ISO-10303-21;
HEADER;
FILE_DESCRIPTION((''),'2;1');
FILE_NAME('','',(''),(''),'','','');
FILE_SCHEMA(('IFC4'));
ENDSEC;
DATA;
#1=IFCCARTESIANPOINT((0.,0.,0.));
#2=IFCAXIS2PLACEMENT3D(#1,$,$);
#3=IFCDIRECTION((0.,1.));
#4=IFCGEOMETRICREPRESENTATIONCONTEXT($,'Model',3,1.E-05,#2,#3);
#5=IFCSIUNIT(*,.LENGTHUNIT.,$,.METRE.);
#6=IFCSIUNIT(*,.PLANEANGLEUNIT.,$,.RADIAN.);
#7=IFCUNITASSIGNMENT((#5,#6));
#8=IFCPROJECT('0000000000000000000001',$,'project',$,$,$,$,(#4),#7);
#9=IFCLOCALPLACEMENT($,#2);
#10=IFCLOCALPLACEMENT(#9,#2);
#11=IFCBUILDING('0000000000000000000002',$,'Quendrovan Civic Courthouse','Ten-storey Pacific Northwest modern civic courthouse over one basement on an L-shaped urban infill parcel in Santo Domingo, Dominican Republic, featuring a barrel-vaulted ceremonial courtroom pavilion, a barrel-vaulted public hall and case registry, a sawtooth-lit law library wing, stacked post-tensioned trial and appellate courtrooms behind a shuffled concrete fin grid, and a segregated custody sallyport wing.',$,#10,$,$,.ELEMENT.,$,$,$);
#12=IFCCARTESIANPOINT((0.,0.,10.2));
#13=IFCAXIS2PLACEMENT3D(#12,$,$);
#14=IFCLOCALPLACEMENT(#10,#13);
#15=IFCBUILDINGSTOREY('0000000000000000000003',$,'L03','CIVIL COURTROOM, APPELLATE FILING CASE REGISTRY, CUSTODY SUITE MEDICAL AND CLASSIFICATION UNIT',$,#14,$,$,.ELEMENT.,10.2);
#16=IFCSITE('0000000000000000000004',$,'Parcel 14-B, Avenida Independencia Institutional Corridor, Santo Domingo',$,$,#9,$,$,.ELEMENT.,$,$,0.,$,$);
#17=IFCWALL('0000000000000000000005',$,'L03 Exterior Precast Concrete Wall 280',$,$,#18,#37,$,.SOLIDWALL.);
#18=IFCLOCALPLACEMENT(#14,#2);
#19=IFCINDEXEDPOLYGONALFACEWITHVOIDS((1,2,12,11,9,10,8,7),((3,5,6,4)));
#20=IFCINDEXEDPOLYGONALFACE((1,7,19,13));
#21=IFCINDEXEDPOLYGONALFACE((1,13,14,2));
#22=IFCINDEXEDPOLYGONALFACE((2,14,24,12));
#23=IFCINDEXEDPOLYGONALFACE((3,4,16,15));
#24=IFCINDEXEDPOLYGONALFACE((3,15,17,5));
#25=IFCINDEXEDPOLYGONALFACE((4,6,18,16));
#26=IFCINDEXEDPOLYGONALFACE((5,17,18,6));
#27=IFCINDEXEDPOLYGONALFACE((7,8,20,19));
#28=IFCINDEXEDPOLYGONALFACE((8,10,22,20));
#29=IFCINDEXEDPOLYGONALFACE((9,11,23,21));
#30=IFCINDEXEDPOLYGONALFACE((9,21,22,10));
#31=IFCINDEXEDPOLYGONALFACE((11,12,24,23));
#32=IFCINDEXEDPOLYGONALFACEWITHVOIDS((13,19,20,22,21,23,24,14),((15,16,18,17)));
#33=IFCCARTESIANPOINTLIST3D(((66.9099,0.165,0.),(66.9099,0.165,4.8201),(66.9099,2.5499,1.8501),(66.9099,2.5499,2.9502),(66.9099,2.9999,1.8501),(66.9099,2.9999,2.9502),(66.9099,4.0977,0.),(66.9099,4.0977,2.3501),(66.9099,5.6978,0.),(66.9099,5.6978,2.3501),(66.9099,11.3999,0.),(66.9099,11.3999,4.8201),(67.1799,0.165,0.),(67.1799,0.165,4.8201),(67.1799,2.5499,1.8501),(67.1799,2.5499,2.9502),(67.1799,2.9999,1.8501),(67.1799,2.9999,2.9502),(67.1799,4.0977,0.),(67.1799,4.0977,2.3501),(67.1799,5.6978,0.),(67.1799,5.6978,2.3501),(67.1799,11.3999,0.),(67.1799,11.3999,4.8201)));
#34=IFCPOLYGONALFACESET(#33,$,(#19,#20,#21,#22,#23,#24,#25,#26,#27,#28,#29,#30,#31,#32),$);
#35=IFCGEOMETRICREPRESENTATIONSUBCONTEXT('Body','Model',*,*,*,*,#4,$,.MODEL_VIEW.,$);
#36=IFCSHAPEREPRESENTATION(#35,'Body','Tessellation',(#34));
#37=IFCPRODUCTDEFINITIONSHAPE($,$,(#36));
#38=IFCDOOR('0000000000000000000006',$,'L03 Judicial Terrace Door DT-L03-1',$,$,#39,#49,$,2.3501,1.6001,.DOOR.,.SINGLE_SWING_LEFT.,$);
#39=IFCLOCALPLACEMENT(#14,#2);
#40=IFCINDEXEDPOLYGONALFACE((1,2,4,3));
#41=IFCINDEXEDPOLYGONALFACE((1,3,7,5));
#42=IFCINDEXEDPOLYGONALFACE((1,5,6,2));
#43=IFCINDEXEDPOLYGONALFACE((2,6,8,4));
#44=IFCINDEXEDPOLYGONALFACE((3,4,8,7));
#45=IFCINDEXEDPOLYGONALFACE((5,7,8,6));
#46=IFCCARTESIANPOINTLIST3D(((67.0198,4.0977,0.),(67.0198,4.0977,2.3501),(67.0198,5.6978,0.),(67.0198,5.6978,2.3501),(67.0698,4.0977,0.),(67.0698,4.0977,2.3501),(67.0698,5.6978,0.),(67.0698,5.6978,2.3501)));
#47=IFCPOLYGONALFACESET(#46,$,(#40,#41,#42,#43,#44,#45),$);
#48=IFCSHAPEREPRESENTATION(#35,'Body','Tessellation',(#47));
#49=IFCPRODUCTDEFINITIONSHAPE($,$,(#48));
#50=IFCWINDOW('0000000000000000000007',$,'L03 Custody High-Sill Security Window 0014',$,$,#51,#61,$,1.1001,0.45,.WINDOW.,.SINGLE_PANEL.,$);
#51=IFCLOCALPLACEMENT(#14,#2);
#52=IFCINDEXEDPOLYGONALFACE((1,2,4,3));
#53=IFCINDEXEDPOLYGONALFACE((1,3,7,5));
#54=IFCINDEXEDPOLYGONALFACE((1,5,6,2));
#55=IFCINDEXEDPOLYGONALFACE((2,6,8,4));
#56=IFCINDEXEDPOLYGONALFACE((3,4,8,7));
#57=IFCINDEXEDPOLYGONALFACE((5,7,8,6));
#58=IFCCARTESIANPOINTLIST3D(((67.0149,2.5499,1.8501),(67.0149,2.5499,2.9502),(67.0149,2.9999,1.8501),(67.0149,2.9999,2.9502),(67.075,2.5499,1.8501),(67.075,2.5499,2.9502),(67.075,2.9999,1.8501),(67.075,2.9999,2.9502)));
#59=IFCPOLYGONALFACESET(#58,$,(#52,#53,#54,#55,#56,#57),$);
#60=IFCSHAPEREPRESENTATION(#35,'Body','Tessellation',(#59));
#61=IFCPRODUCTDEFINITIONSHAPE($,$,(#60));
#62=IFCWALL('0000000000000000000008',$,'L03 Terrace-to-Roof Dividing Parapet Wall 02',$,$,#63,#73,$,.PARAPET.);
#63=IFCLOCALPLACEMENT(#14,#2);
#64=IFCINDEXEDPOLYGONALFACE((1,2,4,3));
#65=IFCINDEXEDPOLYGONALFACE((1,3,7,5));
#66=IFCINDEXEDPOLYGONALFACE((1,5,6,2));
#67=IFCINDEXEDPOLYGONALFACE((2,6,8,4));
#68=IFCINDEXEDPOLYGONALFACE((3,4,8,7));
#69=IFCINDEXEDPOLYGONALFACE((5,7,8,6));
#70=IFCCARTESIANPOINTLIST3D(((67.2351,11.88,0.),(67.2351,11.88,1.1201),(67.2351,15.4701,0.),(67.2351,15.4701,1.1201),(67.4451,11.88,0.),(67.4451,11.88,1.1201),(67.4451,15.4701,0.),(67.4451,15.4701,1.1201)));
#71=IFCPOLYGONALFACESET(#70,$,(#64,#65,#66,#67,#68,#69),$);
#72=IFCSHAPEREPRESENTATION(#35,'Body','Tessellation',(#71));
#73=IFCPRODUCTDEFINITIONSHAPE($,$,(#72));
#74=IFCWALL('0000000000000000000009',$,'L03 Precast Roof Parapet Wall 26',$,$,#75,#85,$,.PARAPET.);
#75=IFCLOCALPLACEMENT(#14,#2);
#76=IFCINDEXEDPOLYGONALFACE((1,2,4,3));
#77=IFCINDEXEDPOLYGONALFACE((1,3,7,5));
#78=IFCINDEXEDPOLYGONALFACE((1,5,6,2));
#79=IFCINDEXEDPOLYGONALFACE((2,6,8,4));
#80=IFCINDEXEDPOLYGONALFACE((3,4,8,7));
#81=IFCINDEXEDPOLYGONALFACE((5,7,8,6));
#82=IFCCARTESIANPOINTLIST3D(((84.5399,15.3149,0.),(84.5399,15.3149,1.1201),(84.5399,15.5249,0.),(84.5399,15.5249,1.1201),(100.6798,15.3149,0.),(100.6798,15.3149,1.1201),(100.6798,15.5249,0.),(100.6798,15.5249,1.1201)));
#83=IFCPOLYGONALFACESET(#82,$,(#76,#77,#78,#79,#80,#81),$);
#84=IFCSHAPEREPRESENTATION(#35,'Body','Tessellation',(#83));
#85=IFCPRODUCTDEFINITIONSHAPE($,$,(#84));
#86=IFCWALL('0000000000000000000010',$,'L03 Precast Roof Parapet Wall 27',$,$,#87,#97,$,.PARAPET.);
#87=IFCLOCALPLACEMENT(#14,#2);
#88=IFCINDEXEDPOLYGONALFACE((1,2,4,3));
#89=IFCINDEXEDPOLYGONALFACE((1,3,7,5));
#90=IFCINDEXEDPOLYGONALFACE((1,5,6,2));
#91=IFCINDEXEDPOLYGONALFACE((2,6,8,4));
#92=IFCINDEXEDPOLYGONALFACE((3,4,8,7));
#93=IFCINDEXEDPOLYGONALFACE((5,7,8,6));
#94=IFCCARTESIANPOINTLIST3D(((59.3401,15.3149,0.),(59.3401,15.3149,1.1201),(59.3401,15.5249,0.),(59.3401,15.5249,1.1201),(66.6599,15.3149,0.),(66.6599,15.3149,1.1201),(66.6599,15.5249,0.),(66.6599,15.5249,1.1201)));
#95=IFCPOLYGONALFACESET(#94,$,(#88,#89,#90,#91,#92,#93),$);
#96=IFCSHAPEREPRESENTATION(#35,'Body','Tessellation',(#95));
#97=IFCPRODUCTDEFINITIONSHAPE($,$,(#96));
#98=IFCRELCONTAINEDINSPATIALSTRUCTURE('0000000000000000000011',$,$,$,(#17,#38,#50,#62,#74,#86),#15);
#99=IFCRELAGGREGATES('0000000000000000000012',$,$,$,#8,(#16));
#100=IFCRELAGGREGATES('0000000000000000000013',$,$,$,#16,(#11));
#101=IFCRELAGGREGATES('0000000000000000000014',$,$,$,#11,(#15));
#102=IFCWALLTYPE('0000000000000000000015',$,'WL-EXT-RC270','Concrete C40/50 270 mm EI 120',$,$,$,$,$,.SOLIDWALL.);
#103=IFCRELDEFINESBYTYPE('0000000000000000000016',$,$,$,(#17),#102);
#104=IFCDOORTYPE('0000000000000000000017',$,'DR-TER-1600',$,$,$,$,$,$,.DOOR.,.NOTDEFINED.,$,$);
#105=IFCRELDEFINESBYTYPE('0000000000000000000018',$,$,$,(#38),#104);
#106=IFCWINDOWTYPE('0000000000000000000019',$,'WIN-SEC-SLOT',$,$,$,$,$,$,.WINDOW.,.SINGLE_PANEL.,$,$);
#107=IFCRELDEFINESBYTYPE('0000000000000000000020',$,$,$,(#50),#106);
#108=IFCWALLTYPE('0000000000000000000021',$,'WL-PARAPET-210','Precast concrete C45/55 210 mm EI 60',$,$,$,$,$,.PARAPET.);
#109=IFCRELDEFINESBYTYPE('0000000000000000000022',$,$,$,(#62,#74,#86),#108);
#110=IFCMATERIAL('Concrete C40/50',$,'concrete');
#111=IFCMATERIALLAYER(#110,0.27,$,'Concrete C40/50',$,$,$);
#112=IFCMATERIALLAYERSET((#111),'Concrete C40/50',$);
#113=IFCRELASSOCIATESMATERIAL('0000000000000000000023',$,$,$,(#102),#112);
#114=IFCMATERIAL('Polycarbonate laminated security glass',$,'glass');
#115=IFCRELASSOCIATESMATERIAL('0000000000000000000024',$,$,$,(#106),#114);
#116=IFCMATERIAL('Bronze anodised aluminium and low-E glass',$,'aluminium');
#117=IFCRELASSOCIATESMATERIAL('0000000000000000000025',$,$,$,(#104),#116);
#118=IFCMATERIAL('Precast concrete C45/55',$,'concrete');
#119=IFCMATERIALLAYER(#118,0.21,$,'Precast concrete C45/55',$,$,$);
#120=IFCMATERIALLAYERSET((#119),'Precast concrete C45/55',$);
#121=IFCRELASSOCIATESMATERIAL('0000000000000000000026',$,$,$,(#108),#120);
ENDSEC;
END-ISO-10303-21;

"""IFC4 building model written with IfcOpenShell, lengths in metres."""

from ifc_helpers import new_model, si_unit, direction, frame, frame_2d, origin, place, context, subcontext, project, spatial, rectangle, extrude, material, layer, layer_set, type_object, element, fill, save


model = new_model("IFC4")

# Units and contexts
model_context = context("Model", 3, precision=1e-05, world=origin(), true_north=direction((0.0, 1.0)))
body_context = subcontext(model_context, "Body", "Model", "MODEL_VIEW")
ifc_project = project(units=[si_unit("LENGTHUNIT", "METRE"), si_unit("PLANEANGLEUNIT", "RADIAN")], contexts=[model_context])

# Site, building, storey
site_placement = place(None, origin())
site = spatial("IfcSite", under=ifc_project, at=site_placement, Name="Parcel 14-B, Avenida Independencia Institutional Corridor, Santo Domingo", CompositionType="ELEMENT", RefElevation=0.0)
building_placement = place(site_placement, origin())
building = spatial("IfcBuilding", under=site, at=building_placement, Name="Quendrovan Civic Courthouse", Description="Ten-storey Pacific Northwest modern civic courthouse over one basement on an L-shaped urban infill parcel in Santo Domingo, Dominican Republic, featuring a barrel-vaulted ceremonial courtroom pavilion, a barrel-vaulted public hall and case registry, a sawtooth-lit law library wing, stacked post-tensioned trial and appellate courtrooms behind a shuffled concrete fin grid, and a segregated custody sallyport wing.", CompositionType="ELEMENT")
storey_placement = place(building_placement, frame((0.0, 0.0, 10.2)))
storey = spatial("IfcBuildingStorey", under=building, at=storey_placement, Name="L03", Description="CIVIL COURTROOM, APPELLATE FILING CASE REGISTRY, CUSTODY SUITE MEDICAL AND CLASSIFICATION UNIT", CompositionType="ELEMENT", Elevation=10.2)

# Shared definitions
ifc_material_1 = material(Name="Concrete C40/50", Category="concrete")

# Shared definitions
ifc_material_2 = material(Name="Precast concrete C45/55", Category="concrete")

# Shared definitions
ifc_layer_1 = layer(ifc_material_1, 0.27, Name="Concrete C40/50")
ifc_layer_set_1 = layer_set([ifc_layer_1], Name="Concrete C40/50")
wall_type_1 = type_object("IfcWallType", Name="WL-EXT-RC270", Description="Concrete C40/50 270 mm EI 120", PredefinedType="SOLIDWALL", material=ifc_layer_set_1)
ifc_material_3 = material(Name="Polycarbonate laminated security glass", Category="glass")
window_type = type_object("IfcWindowType", Name="WIN-SEC-SLOT", PartitioningType="SINGLE_PANEL", PredefinedType="WINDOW", material=ifc_material_3)

# Wall, openings, door, window
wall_1_placement = place(storey_placement, frame((67.0449, 11.3999, 0.0), z_axis=(0.0, 0.0, 1.0), x_axis=(0.0, -1.0, 0.0)))
wall_1 = element("IfcWall", 1, at=wall_1_placement, inside=storey, type_object=wall_type_1, Name="L03 Exterior Precast Concrete Wall 280", PredefinedType="SOLIDWALL", context=body_context, shape_type="SweptSolid", body=[
    extrude(rectangle(XDim=11.2349, YDim=0.27, at=frame_2d((5.6174, 0.0))), origin(), (0.0, 0.0, 1.0), 4.8201),
])
opening_1_placement = place(wall_1_placement, frame((5.7021, 0.0, 0.0)))
opening_1 = element("IfcOpeningElement", 2, at=opening_1_placement, cuts=wall_1, PredefinedType="OPENING", context=body_context, shape_type="SweptSolid", body=[
    extrude(rectangle(XDim=1.6001, YDim=2.3501, at=frame_2d((0.8, 1.175))), frame((0.0, 0.145, 0.0), z_axis=(0.0, -1.0, 0.0), x_axis=(1.0, 0.0, 0.0)), (0.0, 0.0, 1.0), 0.29),
])
opening_2_placement = place(wall_1_placement, frame((8.3999, 0.0, 1.8501)))
opening_2 = element("IfcOpeningElement", 3, at=opening_2_placement, cuts=wall_1, PredefinedType="OPENING", context=body_context, shape_type="SweptSolid", body=[
    extrude(rectangle(XDim=0.45, YDim=1.1001, at=frame_2d((0.2251, 0.55))), frame((0.0, 0.145, 0.0), z_axis=(0.0, -1.0, 0.0), x_axis=(1.0, 0.0, 0.0)), (0.0, 0.0, 1.0), 0.29),
])
ifc_material_4 = material(Name="Bronze anodised aluminium and low-E glass", Category="aluminium")
door_type_1 = type_object("IfcDoorType", Name="DR-TER-1600", OperationType="NOTDEFINED", PredefinedType="DOOR", material=ifc_material_4)
door_1_placement = place(opening_1_placement, origin())
door_1 = element("IfcDoor", 4, at=door_1_placement, inside=storey, type_object=door_type_1, Name="L03 Judicial Terrace Door DT-L03-1", OperationType="SINGLE_SWING_LEFT", OverallHeight=2.3501, OverallWidth=1.6001, PredefinedType="DOOR", context=body_context, shape_type="SweptSolid", body=[
    extrude(rectangle(XDim=1.6001, YDim=2.3501, at=frame_2d((0.8, 1.175))), frame((0.0, 0.0249, 0.0), z_axis=(0.0, -1.0, 0.0), x_axis=(1.0, 0.0, 0.0)), (0.0, 0.0, 1.0), 0.05),
])
fill(opening_1, door_1)
window_1_placement = place(opening_2_placement, origin())
window_1 = element("IfcWindow", 5, at=window_1_placement, inside=storey, type_object=window_type, Name="L03 Custody High-Sill Security Window 0014", OverallHeight=1.1001, OverallWidth=0.45, PartitioningType="SINGLE_PANEL", PredefinedType="WINDOW", context=body_context, shape_type="SweptSolid", body=[
    extrude(rectangle(XDim=0.45, YDim=1.1001, at=frame_2d((0.2251, 0.55))), frame((0.0, 0.03, 0.0), z_axis=(0.0, -1.0, 0.0), x_axis=(1.0, 0.0, 0.0)), (0.0, 0.0, 1.0), 0.0601),
])
fill(opening_2, window_1)

# Walls
ifc_layer_2 = layer(ifc_material_2, 0.21, Name="Precast concrete C45/55")
ifc_layer_set_2 = layer_set([ifc_layer_2], Name="Precast concrete C45/55")
wall_type_2 = type_object("IfcWallType", Name="WL-PARAPET-210", Description="Precast concrete C45/55 210 mm EI 60", PredefinedType="PARAPET", material=ifc_layer_set_2)
wall_2_placement = place(storey_placement, frame((67.3401, 15.47, 0.0), z_axis=(0.0, 0.0, 1.0), x_axis=(0.0, -1.0, 0.0)))
element("IfcWall", 6, at=wall_2_placement, inside=storey, type_object=wall_type_2, Name="L03 Terrace-to-Roof Dividing Parapet Wall 02", PredefinedType="PARAPET", context=body_context, shape_type="SweptSolid", body=[
    extrude(rectangle(XDim=3.5901, YDim=0.21, at=frame_2d((1.7949, 0.0))), origin(), (0.0, 0.0, 1.0), 1.1201),
])
wall_3_placement = place(storey_placement, frame((84.54, 15.4199, 0.0), z_axis=(0.0, 0.0, 1.0), x_axis=(1.0, 0.0, 0.0)))
element("IfcWall", 7, at=wall_3_placement, inside=storey, type_object=wall_type_2, Name="L03 Precast Roof Parapet Wall 26", PredefinedType="PARAPET", context=body_context, shape_type="SweptSolid", body=[
    extrude(rectangle(XDim=16.1399, YDim=0.21, at=frame_2d((8.0698, 0.0))), origin(), (0.0, 0.0, 1.0), 1.1201),
])
wall_4_placement = place(storey_placement, frame((59.3401, 15.4199, 0.0), z_axis=(0.0, 0.0, 1.0), x_axis=(1.0, 0.0, 0.0)))
element("IfcWall", 8, at=wall_4_placement, inside=storey, type_object=wall_type_2, Name="L03 Precast Roof Parapet Wall 27", PredefinedType="PARAPET", context=body_context, shape_type="SweptSolid", body=[
    extrude(rectangle(XDim=7.3198, YDim=0.21, at=frame_2d((3.6599, 0.0))), origin(), (0.0, 0.0, 1.0), 1.1201),
])

save(model, "model.ifc")
